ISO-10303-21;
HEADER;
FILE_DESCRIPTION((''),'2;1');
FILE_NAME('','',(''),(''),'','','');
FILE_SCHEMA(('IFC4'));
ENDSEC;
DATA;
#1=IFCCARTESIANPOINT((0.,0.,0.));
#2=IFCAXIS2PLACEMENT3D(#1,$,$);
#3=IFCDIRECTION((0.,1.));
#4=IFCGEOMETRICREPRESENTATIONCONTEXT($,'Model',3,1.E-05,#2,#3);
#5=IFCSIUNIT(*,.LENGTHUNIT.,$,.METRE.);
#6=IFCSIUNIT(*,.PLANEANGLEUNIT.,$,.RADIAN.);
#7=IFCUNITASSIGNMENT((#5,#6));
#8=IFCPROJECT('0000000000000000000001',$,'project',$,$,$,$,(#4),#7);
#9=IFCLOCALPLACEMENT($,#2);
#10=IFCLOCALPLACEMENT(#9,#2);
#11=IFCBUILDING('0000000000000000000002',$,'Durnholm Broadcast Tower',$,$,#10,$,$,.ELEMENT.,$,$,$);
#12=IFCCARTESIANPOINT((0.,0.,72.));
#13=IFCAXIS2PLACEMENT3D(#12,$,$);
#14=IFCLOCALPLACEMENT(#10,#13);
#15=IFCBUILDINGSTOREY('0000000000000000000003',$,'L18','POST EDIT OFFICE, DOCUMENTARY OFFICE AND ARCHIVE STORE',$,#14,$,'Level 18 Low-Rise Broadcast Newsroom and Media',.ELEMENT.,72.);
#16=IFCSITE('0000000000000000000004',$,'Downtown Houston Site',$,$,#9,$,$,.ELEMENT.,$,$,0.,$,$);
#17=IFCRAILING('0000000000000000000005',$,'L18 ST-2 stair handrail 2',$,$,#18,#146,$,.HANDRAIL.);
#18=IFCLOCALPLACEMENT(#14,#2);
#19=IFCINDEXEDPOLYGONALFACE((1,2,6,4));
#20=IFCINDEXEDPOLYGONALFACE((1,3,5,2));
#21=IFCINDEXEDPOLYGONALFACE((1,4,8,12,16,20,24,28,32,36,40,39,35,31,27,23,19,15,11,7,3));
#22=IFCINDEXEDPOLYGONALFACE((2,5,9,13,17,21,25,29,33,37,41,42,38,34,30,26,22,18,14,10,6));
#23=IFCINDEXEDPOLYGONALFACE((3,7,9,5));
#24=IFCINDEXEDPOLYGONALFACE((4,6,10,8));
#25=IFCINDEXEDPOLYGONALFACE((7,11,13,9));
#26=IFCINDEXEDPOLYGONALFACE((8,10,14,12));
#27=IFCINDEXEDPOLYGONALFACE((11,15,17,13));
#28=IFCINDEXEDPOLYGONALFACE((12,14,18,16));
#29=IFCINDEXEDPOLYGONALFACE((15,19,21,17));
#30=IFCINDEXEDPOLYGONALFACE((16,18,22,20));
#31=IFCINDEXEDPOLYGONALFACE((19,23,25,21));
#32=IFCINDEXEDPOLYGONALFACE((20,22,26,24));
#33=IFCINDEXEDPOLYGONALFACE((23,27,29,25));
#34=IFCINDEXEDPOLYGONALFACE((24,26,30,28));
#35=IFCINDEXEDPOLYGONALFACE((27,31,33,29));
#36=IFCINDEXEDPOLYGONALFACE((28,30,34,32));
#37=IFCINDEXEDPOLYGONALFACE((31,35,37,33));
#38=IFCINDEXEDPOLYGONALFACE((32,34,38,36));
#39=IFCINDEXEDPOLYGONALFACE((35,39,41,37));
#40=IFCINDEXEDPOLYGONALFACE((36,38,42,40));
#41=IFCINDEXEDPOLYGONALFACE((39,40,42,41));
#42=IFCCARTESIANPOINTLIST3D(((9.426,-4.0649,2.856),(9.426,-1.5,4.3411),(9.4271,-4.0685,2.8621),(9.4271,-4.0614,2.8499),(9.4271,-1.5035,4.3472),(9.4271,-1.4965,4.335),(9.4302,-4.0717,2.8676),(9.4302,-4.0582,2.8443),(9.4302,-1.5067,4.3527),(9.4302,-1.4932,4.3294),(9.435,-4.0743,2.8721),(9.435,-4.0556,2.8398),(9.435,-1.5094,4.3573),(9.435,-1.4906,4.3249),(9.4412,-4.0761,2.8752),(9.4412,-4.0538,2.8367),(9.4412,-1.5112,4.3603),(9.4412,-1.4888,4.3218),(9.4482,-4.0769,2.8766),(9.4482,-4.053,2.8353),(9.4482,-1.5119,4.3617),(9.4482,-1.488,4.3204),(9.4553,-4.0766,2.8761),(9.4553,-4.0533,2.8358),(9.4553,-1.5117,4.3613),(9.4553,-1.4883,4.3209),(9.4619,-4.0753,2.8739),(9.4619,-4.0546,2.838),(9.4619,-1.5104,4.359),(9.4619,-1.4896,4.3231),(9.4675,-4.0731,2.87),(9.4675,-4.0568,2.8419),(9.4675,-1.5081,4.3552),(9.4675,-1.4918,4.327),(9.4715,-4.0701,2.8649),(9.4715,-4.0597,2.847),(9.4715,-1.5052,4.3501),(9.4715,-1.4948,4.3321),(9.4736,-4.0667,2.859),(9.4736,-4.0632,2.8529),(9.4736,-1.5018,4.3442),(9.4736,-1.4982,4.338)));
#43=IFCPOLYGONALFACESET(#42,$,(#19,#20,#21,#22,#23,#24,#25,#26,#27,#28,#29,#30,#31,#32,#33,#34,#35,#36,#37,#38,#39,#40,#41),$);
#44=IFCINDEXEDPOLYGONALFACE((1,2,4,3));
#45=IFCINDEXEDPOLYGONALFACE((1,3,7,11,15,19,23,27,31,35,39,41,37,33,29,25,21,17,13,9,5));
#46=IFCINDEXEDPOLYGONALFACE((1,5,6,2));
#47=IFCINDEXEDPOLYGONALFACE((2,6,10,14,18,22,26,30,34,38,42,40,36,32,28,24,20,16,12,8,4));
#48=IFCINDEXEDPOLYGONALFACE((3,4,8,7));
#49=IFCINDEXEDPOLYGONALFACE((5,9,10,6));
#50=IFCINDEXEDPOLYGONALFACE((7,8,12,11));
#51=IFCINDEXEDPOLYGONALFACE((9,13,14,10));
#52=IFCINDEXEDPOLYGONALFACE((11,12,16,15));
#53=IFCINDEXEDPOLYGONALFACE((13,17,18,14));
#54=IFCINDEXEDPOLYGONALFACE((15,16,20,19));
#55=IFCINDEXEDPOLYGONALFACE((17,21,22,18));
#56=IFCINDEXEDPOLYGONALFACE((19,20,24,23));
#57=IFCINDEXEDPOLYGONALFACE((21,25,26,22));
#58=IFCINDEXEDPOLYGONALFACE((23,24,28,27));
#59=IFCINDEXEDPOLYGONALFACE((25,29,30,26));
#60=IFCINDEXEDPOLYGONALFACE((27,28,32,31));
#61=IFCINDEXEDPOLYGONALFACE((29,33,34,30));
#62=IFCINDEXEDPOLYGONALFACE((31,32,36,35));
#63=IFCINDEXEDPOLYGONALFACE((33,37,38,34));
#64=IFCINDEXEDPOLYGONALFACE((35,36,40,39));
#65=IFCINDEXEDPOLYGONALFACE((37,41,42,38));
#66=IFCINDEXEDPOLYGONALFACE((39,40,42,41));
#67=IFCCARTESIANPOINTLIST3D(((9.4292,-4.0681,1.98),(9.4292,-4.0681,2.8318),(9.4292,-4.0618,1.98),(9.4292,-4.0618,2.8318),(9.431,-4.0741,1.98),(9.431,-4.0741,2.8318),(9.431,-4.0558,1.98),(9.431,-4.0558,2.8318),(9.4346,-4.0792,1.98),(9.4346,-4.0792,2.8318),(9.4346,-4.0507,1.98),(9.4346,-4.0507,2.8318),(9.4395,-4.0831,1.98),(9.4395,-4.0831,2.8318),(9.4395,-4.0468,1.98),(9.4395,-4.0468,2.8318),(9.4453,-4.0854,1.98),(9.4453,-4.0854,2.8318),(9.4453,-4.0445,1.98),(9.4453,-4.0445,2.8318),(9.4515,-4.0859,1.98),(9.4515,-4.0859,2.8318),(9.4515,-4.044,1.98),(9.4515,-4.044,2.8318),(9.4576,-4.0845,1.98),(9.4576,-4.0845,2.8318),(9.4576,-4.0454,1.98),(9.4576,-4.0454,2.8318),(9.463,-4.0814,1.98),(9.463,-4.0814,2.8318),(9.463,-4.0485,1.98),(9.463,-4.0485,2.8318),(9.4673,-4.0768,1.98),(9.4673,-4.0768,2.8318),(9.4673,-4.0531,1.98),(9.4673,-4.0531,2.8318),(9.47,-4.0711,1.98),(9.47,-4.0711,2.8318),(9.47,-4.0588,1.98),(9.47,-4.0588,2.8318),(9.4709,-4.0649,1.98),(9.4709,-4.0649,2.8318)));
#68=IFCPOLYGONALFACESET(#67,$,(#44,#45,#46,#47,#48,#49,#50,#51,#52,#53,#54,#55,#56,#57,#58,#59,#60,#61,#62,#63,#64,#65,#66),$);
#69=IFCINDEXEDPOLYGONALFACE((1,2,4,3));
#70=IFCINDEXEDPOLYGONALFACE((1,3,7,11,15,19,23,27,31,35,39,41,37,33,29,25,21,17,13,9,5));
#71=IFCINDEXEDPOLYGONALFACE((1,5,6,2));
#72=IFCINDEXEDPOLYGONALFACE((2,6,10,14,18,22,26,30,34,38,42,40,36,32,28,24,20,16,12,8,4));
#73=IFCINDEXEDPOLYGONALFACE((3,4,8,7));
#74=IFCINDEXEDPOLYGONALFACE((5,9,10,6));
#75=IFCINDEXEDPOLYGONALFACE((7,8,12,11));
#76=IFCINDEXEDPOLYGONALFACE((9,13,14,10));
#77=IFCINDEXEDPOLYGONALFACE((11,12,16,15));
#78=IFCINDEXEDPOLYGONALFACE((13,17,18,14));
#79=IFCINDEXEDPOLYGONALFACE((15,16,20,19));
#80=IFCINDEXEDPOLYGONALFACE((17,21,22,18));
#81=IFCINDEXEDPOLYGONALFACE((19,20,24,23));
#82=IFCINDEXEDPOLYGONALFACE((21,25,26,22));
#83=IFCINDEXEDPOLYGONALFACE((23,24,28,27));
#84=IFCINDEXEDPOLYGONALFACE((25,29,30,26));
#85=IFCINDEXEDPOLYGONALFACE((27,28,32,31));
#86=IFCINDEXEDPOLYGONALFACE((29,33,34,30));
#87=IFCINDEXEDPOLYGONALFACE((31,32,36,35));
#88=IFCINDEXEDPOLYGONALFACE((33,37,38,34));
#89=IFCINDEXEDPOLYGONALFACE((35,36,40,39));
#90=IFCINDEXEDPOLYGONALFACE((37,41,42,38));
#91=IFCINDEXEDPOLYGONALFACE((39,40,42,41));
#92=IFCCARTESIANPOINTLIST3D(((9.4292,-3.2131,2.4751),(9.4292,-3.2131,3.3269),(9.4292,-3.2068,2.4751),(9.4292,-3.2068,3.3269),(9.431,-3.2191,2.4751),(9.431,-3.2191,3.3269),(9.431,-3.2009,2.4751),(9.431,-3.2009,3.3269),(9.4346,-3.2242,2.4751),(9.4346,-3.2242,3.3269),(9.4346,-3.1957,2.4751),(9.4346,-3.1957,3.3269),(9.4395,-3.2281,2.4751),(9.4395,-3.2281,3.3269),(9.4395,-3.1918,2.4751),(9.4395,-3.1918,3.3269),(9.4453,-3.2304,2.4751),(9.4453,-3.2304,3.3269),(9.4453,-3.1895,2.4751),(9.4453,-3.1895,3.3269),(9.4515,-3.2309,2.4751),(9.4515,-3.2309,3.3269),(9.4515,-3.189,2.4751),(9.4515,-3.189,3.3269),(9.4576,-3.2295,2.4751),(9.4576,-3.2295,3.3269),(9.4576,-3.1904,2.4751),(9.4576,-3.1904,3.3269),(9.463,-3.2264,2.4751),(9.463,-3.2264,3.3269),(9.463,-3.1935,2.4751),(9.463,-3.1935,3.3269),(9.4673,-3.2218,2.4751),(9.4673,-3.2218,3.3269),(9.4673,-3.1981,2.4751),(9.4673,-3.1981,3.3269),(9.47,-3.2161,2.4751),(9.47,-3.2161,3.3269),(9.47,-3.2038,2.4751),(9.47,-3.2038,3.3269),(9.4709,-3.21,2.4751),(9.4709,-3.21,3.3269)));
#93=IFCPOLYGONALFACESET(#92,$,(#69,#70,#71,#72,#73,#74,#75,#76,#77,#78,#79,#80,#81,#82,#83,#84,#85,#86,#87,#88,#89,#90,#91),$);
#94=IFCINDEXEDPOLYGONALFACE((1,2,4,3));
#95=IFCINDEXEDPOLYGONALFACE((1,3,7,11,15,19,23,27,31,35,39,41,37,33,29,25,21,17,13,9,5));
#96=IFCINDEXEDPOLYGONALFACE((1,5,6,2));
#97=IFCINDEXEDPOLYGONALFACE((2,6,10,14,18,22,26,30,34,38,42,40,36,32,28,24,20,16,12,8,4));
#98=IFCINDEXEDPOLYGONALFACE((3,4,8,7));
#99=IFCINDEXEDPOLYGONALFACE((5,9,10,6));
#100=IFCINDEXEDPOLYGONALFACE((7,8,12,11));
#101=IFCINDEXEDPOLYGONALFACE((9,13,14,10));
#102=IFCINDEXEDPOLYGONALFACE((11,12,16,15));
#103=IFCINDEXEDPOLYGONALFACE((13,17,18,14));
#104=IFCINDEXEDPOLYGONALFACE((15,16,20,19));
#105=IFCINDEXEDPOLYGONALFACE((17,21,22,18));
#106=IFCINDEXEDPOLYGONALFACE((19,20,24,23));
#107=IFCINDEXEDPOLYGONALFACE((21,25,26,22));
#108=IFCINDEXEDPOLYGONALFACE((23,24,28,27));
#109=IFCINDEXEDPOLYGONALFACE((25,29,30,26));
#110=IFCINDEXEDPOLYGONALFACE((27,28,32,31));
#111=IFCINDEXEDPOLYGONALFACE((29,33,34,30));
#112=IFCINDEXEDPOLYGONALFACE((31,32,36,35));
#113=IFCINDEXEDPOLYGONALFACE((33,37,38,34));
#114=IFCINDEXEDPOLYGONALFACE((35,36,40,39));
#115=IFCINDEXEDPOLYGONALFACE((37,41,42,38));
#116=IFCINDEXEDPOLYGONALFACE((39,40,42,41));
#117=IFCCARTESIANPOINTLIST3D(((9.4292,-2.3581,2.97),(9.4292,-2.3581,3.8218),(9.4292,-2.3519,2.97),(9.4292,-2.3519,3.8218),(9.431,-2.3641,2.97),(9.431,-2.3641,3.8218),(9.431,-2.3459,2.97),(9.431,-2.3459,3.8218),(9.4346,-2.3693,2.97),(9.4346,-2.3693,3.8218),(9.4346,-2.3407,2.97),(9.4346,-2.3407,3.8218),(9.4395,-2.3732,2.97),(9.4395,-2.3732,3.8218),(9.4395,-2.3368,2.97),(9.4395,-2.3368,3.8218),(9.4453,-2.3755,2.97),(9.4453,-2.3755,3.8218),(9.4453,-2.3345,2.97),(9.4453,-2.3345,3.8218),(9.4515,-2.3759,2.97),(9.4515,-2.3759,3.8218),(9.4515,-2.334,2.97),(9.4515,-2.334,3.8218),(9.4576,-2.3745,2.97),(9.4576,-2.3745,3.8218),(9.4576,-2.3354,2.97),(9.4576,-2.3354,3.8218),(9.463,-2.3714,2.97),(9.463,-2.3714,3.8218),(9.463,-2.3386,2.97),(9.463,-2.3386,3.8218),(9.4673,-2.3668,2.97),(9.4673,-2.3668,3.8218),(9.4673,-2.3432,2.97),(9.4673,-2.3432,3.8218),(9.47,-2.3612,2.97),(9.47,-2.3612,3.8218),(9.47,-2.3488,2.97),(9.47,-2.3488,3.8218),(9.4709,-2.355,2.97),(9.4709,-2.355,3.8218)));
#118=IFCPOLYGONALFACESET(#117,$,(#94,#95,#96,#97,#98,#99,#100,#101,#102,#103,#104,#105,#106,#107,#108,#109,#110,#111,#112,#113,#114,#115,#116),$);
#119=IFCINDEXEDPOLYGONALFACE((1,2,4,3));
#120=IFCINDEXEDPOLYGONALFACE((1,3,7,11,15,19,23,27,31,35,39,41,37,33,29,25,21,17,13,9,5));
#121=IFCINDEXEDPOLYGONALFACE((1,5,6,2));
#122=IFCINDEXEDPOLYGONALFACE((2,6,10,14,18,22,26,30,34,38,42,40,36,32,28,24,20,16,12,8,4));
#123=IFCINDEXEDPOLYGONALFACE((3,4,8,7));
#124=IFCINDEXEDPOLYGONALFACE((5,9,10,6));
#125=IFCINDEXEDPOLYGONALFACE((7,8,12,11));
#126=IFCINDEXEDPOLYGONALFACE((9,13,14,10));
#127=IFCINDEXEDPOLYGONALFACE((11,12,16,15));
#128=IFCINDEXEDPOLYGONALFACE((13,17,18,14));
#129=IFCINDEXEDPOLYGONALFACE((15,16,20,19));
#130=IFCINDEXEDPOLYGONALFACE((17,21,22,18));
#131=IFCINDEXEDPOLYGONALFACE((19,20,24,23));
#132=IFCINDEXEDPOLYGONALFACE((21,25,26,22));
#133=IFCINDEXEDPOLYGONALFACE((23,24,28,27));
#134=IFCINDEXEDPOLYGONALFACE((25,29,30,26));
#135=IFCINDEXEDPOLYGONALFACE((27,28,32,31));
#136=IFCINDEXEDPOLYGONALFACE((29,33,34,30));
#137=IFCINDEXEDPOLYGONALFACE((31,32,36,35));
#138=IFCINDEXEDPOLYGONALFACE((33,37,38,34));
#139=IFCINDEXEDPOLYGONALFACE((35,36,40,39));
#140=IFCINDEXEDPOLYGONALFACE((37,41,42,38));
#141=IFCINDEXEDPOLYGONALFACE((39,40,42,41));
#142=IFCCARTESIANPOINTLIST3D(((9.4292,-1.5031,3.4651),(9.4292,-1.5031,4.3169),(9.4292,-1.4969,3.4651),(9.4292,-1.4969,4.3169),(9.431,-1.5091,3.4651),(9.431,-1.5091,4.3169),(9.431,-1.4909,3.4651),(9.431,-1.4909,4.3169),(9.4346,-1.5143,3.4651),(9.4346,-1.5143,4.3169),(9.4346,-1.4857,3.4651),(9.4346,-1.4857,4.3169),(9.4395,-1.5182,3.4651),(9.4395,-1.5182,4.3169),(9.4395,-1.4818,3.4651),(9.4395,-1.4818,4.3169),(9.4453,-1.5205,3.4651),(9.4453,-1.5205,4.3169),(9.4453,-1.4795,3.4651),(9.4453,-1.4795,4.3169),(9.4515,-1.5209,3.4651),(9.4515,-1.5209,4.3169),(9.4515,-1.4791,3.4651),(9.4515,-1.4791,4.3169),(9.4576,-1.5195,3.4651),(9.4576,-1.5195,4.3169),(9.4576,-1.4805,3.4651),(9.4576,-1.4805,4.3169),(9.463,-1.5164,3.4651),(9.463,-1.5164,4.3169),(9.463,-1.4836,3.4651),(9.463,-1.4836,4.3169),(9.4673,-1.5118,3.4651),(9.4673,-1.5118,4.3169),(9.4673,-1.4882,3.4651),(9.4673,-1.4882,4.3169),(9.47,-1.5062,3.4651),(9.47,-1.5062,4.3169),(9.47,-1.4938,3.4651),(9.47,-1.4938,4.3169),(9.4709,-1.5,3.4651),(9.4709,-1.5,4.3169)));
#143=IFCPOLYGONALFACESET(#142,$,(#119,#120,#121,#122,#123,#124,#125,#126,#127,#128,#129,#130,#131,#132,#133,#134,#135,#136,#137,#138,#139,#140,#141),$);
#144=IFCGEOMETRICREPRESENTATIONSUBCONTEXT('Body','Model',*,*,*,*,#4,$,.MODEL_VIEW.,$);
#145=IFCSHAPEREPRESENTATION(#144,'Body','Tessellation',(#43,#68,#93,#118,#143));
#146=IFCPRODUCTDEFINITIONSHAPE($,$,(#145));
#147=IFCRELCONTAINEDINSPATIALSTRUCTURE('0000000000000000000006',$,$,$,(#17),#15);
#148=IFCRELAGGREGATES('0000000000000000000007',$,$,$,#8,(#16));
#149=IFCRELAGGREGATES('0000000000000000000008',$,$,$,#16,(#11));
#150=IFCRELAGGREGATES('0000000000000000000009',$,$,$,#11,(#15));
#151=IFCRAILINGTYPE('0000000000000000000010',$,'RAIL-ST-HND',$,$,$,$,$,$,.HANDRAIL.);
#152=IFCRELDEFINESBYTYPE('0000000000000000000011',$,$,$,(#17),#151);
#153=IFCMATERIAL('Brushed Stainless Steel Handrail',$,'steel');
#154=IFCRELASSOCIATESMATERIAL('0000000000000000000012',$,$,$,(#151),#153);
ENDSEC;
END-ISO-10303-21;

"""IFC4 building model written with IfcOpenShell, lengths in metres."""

from ifc_helpers import new_model, si_unit, direction, frame, origin, origin_2d, place, context, subcontext, project, spatial, circle, extrude, material, type_object, element, save


model = new_model("IFC4")

# Units and contexts
model_context = context("Model", 3, precision=1e-05, world=origin(), true_north=direction((0.0, 1.0)))
body_context = subcontext(model_context, "Body", "Model", "MODEL_VIEW")
ifc_project = project(units=[si_unit("LENGTHUNIT", "METRE"), si_unit("PLANEANGLEUNIT", "RADIAN")], contexts=[model_context])

# Site, building, storey
site_placement = place(None, origin())
site = spatial("IfcSite", under=ifc_project, at=site_placement, Name="Downtown Houston Site", CompositionType="ELEMENT", RefElevation=0.0)
building_placement = place(site_placement, origin())
building = spatial("IfcBuilding", under=site, at=building_placement, Name="Durnholm Broadcast Tower", CompositionType="ELEMENT")
storey_placement = place(building_placement, frame((0.0, 0.0, 72.0)))
storey = spatial("IfcBuildingStorey", under=building, at=storey_placement, Name="L18", Description="POST EDIT OFFICE, DOCUMENTARY OFFICE AND ARCHIVE STORE", LongName="Level 18 Low-Rise Broadcast Newsroom and Media", CompositionType="ELEMENT", Elevation=72.0)

# Railing
ifc_material_1 = material(Name="Brushed Stainless Steel Handrail", Category="steel")
railing_type_1 = type_object("IfcRailingType", Name="RAIL-ST-HND", PredefinedType="HANDRAIL", material=ifc_material_1)
railing_1_placement = place(storey_placement, frame((9.45, -4.0649, 1.98)))
element("IfcRailing", 1, at=railing_1_placement, inside=storey, type_object=railing_type_1, Name="L18 ST-2 stair handrail 2", PredefinedType="HANDRAIL", context=body_context, shape_type="SweptSolid", body=[
    extrude(circle(Radius=0.0239, at=origin_2d()), frame((0.0, 0.0, 0.876), z_axis=(0.0, 0.865406, 0.501072), x_axis=(-1.0, 0.0, 0.0)), (0.0, 0.0, 1.0), 2.9639),
    extrude(circle(Radius=0.021, at=origin_2d()), origin(), (0.0, 0.0, 1.0), 0.8518),
    extrude(circle(Radius=0.021, at=origin_2d()), frame((0.0, 0.855, 0.4951)), (0.0, 0.0, 1.0), 0.8518),
    extrude(circle(Radius=0.021, at=origin_2d()), frame((0.0, 1.71, 0.99)), (0.0, 0.0, 1.0), 0.8518),
    extrude(circle(Radius=0.021, at=origin_2d()), frame((0.0, 2.5649, 1.4851)), (0.0, 0.0, 1.0), 0.8518),
])

save(model, "model.ifc")
